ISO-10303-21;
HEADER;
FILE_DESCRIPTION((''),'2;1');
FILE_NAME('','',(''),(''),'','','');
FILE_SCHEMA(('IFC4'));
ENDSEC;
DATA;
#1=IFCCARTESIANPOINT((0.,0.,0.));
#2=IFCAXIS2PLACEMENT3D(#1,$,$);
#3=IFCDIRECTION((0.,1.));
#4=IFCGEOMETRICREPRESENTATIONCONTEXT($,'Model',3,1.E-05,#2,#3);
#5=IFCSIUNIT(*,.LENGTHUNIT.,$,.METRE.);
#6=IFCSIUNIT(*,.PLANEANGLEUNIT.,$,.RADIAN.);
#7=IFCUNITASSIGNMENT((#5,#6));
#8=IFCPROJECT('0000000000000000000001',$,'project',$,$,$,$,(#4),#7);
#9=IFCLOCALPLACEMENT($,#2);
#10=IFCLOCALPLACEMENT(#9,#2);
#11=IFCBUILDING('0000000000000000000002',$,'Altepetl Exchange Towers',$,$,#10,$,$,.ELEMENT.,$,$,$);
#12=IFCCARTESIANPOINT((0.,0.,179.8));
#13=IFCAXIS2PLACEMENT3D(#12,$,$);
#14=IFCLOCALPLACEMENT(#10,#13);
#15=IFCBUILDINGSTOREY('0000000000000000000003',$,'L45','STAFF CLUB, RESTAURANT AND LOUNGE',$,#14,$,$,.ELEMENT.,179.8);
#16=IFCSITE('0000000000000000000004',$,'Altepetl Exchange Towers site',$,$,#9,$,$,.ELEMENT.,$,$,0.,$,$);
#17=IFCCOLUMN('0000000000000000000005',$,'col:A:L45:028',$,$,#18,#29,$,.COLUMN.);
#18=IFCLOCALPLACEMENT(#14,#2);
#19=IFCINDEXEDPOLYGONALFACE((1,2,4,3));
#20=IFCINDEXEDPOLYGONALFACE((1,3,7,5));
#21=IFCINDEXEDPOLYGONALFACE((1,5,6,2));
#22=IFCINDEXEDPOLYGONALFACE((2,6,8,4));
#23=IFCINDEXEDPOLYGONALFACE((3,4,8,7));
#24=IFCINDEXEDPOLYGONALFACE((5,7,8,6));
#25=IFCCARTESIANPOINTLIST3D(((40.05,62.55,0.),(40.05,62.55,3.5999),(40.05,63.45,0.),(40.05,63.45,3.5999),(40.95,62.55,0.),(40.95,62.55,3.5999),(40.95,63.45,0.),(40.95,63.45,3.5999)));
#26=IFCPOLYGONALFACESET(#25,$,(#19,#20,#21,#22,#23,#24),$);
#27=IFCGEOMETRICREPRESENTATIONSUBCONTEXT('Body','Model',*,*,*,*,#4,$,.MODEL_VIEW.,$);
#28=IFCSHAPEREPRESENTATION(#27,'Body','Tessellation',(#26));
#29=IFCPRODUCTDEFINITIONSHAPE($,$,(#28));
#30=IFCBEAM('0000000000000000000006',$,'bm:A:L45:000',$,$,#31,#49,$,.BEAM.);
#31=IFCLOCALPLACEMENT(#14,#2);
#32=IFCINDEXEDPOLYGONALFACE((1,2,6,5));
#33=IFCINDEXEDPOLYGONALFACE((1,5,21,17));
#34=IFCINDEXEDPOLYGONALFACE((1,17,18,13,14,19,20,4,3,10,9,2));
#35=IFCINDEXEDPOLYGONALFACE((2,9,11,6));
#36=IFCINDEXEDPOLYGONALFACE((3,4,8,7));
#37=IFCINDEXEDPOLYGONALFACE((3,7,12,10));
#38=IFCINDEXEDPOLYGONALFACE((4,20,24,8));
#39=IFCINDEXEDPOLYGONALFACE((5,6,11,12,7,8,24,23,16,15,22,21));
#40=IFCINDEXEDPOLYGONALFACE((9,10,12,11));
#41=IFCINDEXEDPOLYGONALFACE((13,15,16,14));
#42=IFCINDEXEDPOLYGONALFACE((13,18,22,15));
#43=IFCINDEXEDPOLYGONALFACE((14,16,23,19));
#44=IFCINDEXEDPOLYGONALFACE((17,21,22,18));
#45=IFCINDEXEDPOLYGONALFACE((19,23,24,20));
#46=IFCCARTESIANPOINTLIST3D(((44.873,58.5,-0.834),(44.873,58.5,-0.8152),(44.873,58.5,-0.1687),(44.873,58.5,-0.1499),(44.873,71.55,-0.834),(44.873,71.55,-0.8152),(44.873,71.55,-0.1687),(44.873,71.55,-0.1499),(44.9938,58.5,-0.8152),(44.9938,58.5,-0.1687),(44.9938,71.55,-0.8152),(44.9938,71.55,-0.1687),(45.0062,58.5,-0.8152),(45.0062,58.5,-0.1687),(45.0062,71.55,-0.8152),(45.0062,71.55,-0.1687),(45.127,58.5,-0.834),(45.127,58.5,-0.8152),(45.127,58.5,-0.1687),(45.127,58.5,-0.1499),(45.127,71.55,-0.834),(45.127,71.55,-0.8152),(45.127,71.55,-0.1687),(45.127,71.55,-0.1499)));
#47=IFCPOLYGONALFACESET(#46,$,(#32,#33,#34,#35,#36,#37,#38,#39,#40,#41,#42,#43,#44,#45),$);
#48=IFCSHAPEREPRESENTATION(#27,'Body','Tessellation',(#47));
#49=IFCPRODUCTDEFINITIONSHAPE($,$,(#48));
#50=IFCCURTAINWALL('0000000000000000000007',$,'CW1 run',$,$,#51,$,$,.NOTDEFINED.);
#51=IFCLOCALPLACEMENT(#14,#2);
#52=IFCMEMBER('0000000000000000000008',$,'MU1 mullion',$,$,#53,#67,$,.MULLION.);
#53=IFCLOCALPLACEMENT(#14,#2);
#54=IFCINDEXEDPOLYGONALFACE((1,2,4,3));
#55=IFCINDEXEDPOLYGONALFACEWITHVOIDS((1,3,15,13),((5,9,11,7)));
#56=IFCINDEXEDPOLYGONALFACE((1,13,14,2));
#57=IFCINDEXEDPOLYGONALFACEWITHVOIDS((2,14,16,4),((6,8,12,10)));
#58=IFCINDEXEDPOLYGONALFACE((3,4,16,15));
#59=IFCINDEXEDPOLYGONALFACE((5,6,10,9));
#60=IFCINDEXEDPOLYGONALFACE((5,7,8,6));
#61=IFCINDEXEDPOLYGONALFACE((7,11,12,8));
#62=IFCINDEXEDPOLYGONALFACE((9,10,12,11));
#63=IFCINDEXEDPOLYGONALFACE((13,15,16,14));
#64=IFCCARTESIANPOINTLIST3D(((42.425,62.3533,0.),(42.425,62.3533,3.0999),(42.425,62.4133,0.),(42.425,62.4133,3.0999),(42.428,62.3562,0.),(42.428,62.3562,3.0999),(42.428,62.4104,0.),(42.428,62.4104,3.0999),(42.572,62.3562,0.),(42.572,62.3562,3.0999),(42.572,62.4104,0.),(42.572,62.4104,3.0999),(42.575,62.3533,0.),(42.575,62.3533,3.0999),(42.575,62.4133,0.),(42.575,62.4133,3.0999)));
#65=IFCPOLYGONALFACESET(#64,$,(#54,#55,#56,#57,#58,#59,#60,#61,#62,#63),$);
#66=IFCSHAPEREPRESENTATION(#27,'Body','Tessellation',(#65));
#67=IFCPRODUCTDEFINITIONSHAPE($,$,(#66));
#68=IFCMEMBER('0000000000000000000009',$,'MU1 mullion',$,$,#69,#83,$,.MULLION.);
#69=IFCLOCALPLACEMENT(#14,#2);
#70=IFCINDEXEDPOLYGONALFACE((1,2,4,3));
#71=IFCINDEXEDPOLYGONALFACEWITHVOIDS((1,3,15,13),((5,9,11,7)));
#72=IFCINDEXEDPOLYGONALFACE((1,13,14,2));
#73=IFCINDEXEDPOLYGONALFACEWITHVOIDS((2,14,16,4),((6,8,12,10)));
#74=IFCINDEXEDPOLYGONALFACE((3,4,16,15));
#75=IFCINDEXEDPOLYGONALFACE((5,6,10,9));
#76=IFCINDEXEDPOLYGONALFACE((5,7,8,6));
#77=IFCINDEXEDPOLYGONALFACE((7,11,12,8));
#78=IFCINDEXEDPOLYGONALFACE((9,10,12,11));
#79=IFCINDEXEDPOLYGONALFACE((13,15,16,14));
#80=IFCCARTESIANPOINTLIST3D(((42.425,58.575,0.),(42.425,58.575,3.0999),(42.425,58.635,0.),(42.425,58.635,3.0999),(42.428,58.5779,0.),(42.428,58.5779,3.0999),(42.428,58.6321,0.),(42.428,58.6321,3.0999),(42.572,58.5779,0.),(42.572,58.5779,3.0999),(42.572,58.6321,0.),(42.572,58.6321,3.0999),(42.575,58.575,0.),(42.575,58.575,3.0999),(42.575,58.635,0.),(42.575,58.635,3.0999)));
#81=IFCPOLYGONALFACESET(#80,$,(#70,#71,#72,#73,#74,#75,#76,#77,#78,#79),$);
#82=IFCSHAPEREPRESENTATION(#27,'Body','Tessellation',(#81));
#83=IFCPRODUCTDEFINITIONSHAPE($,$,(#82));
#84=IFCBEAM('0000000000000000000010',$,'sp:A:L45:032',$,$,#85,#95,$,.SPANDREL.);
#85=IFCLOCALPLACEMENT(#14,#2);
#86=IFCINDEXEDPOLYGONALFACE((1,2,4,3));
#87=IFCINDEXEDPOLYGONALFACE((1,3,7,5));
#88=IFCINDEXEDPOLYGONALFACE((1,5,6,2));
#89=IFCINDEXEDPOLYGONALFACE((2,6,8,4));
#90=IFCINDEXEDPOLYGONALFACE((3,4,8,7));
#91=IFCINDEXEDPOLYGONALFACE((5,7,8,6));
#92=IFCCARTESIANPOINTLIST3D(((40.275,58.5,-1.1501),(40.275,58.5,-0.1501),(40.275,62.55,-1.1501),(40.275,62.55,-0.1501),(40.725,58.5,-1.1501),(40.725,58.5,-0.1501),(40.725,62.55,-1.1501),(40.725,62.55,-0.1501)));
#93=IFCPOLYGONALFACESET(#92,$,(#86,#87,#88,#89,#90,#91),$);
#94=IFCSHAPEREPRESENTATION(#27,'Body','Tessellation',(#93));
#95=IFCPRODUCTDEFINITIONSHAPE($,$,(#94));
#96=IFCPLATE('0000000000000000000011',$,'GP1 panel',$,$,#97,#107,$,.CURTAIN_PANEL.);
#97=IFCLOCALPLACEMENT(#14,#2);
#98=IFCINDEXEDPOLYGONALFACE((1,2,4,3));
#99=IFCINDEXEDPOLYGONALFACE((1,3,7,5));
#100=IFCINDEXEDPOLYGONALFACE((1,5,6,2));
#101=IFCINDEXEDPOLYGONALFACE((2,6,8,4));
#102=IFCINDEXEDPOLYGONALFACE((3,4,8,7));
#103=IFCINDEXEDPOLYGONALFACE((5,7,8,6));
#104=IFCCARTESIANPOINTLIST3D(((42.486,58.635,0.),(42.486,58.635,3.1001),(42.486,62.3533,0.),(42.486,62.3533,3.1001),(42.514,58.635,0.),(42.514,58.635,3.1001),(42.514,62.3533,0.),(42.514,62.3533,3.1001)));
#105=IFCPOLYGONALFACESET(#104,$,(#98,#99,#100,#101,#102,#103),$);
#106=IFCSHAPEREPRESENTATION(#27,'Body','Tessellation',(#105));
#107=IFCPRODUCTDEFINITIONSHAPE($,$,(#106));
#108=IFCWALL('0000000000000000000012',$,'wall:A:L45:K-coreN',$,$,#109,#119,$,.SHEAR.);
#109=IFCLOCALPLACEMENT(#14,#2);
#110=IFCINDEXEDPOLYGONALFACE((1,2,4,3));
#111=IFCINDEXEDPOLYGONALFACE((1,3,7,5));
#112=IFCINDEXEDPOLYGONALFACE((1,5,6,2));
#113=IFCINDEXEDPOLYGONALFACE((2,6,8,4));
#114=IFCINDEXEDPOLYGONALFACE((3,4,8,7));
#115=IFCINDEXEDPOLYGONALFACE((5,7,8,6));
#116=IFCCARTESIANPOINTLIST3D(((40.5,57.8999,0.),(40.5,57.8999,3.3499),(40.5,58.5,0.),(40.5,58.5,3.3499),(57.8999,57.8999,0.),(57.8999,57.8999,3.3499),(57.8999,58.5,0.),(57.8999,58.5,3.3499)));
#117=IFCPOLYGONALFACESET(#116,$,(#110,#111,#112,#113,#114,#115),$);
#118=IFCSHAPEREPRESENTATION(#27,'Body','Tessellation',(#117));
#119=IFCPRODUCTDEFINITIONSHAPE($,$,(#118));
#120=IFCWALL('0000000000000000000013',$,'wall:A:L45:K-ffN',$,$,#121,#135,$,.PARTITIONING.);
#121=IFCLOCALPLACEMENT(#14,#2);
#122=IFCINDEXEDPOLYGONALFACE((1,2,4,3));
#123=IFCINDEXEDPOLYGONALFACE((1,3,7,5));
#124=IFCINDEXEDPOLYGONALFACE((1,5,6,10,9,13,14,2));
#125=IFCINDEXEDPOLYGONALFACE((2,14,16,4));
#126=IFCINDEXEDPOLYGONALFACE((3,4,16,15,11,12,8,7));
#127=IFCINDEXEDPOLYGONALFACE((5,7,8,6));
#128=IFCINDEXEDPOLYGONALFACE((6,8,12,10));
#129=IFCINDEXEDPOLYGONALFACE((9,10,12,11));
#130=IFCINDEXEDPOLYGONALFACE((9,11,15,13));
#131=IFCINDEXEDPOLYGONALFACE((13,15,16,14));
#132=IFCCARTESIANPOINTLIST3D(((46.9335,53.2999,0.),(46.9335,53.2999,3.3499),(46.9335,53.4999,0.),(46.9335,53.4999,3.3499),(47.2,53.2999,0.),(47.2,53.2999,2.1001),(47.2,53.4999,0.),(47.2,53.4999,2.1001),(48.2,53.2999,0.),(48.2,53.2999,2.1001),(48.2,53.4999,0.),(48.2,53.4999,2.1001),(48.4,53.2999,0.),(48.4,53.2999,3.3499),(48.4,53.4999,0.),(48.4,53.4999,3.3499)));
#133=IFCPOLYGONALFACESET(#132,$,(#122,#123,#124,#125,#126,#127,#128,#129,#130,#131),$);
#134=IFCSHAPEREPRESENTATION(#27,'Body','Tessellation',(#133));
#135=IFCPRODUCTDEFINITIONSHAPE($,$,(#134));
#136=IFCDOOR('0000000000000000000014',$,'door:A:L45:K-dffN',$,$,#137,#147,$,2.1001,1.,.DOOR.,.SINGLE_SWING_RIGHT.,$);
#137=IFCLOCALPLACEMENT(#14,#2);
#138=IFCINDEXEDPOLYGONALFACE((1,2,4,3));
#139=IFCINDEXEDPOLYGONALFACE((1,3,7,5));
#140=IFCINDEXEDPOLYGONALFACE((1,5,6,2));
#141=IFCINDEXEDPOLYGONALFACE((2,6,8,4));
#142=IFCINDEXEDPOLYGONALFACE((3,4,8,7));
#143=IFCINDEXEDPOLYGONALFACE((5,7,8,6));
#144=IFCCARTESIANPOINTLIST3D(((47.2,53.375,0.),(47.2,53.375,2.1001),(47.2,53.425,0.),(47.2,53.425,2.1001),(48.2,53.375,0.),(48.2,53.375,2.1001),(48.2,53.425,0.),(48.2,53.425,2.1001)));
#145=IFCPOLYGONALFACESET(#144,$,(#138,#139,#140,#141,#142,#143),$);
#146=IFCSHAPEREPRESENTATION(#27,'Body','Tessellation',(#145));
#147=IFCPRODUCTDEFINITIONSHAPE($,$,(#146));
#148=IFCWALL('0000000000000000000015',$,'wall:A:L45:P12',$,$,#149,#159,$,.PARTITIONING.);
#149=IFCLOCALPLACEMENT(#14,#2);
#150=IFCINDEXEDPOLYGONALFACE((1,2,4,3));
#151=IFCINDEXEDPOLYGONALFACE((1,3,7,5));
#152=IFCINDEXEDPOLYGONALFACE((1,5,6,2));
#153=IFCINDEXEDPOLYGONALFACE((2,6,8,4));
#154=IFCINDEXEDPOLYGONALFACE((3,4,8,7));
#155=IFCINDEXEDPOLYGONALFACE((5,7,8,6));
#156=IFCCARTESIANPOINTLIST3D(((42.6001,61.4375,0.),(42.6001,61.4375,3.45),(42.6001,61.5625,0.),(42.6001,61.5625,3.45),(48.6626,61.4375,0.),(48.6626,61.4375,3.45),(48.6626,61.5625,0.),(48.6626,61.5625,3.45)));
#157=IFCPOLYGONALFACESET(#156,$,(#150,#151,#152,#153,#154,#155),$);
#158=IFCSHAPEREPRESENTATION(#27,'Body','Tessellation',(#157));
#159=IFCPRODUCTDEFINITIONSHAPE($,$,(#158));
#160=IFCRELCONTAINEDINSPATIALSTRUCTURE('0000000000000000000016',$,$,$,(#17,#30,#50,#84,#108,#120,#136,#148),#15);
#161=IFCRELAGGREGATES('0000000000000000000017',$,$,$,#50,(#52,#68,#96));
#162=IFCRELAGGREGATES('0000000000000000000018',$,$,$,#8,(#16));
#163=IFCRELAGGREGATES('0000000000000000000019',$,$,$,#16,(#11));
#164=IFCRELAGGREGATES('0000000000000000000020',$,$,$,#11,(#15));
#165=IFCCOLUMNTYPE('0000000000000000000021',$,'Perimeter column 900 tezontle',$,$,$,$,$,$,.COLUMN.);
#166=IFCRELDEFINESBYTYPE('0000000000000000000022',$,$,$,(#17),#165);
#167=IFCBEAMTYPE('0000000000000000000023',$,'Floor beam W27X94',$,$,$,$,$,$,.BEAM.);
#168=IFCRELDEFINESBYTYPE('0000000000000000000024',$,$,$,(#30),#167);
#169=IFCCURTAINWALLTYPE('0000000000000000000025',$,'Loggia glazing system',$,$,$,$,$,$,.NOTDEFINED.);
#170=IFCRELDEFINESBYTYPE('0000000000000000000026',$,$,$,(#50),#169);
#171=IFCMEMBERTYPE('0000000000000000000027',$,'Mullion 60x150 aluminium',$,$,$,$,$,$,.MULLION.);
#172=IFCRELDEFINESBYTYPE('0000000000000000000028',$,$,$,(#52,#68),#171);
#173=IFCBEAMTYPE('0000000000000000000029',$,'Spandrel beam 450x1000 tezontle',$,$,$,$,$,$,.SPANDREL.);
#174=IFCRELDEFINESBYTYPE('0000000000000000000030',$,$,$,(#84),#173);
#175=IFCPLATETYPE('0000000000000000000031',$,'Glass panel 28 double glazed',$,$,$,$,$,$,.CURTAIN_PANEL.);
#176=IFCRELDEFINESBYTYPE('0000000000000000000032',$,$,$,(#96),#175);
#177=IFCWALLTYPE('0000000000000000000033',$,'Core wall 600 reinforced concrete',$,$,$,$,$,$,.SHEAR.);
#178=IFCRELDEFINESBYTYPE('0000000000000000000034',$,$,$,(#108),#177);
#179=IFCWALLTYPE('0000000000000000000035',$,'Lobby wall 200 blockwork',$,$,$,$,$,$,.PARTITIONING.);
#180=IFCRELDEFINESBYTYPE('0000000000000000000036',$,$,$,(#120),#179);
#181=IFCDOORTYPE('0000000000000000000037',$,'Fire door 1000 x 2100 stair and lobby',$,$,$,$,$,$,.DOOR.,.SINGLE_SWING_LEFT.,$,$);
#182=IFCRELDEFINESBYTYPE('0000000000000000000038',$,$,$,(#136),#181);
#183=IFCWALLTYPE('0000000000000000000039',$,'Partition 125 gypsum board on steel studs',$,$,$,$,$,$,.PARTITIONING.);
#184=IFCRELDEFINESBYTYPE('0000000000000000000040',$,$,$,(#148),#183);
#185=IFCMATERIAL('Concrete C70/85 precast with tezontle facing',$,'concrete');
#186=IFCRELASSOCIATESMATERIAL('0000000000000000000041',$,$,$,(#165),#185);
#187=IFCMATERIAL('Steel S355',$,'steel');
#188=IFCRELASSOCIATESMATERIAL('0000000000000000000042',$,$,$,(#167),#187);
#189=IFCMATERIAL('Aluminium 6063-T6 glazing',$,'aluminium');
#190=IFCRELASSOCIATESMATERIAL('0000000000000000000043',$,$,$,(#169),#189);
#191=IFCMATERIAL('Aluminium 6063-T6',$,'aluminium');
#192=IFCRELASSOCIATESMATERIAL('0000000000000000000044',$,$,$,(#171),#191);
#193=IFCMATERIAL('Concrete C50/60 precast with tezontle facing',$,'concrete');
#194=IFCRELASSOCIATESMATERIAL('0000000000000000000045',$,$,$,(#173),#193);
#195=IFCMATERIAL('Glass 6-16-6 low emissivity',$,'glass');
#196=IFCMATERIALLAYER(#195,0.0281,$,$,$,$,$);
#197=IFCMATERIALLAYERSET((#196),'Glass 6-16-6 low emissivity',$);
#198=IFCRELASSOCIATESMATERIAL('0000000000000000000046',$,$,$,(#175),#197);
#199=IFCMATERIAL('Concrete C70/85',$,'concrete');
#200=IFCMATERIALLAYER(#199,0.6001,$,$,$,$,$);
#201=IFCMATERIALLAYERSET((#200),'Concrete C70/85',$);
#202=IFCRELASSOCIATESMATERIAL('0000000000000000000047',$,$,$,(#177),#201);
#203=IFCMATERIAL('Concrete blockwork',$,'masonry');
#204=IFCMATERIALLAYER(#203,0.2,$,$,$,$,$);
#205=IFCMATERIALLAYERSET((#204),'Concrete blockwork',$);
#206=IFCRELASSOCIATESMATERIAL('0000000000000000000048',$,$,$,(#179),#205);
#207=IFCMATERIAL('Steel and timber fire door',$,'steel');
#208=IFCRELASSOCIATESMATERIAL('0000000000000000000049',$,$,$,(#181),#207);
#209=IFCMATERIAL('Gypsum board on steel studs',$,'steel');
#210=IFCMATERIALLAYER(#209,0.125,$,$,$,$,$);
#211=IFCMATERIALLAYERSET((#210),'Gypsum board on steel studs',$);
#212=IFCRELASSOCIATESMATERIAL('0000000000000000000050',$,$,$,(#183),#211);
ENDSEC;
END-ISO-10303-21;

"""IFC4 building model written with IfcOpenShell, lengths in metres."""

from ifc_helpers import new_model, si_unit, direction, frame, frame_2d, origin, origin_2d, place, context, subcontext, project, spatial, rectangle, hollow_rectangle, i_section, extrude, material, layer, layer_set, material_profile, profile_set, type_object, element, fill, aggregate, save


model = new_model("IFC4")

# Units and contexts
model_context = context("Model", 3, precision=1e-05, world=origin(), true_north=direction((0.0, 1.0)))
body_context = subcontext(model_context, "Body", "Model", "MODEL_VIEW")
ifc_project = project(units=[si_unit("LENGTHUNIT", "METRE"), si_unit("PLANEANGLEUNIT", "RADIAN")], contexts=[model_context])

# Site, building, storey
site_placement = place(None, origin())
site = spatial("IfcSite", under=ifc_project, at=site_placement, Name="Altepetl Exchange Towers site", CompositionType="ELEMENT", RefElevation=0.0)
building_placement = place(site_placement, origin())
building = spatial("IfcBuilding", under=site, at=building_placement, Name="Altepetl Exchange Towers", CompositionType="ELEMENT")
storey_placement = place(building_placement, frame((0.0, 0.0, 179.8)))
storey = spatial("IfcBuildingStorey", under=building, at=storey_placement, Name="L45", Description="STAFF CLUB, RESTAURANT AND LOUNGE", CompositionType="ELEMENT", Elevation=179.8)

# Column
ifc_material_1 = material(Name="Concrete C70/85 precast with tezontle facing", Category="concrete")
ifc_material_profile_1 = material_profile(ifc_material_1, rectangle(XDim=0.8999, YDim=0.8999, at=origin_2d()), Name="900 x 900")
ifc_profile_set_1 = profile_set([ifc_material_profile_1], Name="Concrete C70/85 precast with tezontle facing")
column_type = type_object("IfcColumnType", Name="Perimeter column 900 tezontle", PredefinedType="COLUMN", material=ifc_profile_set_1)
column_placement = place(storey_placement, frame((40.5, 63.0, 0.0)))
element("IfcColumn", 1, at=column_placement, inside=storey, type_object=column_type, Name="col:A:L45:028", PredefinedType="COLUMN", context=body_context, shape_type="SweptSolid", body=[
    extrude(rectangle(XDim=0.8999, YDim=0.8999, at=origin_2d()), origin(), (0.0, 0.0, 1.0), 3.5999),
])

# Beam
ifc_material_2 = material(Name="Steel S355", Category="steel")
ifc_material_profile_2 = material_profile(ifc_material_2, i_section(OverallWidth=0.2539, OverallDepth=0.6841, WebThickness=0.0125, FlangeThickness=0.0188, at=origin_2d()), Name="W27X94")
ifc_profile_set_2 = profile_set([ifc_material_profile_2], Name="Steel S355")
beam_type_1 = type_object("IfcBeamType", Name="Floor beam W27X94", PredefinedType="BEAM", material=ifc_profile_set_2)
beam_1_placement = place(storey_placement, frame((45.0, 58.5, -0.4919), z_axis=(0.0, 1.0, 0.0), x_axis=(-1.0, 0.0, 0.0)))
element("IfcBeam", 2, at=beam_1_placement, inside=storey, type_object=beam_type_1, Name="bm:A:L45:000", PredefinedType="BEAM", context=body_context, shape_type="SweptSolid", body=[
    extrude(i_section(OverallWidth=0.2539, OverallDepth=0.6841, WebThickness=0.0125, FlangeThickness=0.0188, at=origin_2d()), origin(), (0.0, 0.0, 1.0), 13.05),
])

# Curtain wall, members
ifc_material_3 = material(Name="Aluminium 6063-T6 glazing", Category="aluminium")
curtain_wall_type = type_object("IfcCurtainWallType", Name="Loggia glazing system", PredefinedType="NOTDEFINED", material=ifc_material_3)
curtain_wall_placement = place(storey_placement, origin())
curtain_wall = element("IfcCurtainWall", 3, at=curtain_wall_placement, inside=storey, type_object=curtain_wall_type, Name="CW1 run", PredefinedType="NOTDEFINED")
ifc_material_4 = material(Name="Aluminium 6063-T6", Category="aluminium")
ifc_material_profile_3 = material_profile(ifc_material_4, hollow_rectangle(XDim=0.0601, YDim=0.1499, WallThickness=0.0029, at=origin_2d()), Name="Mullion 60x150 aluminium")
ifc_profile_set_3 = profile_set([ifc_material_profile_3], Name="Aluminium 6063-T6")
member_type = type_object("IfcMemberType", Name="Mullion 60x150 aluminium", PredefinedType="MULLION", material=ifc_profile_set_3)
member_1_placement = place(storey_placement, frame((42.5, 62.3833, 0.0), z_axis=(0.0, 0.0, 1.0), x_axis=(0.0, -1.0, 0.0)))
member_1 = element("IfcMember", 4, at=member_1_placement, type_object=member_type, Name="MU1 mullion", PredefinedType="MULLION", context=body_context, shape_type="SweptSolid", body=[
    extrude(hollow_rectangle(XDim=0.0601, YDim=0.1499, WallThickness=0.0029, at=origin_2d()), origin(), (0.0, 0.0, 1.0), 3.0999),
])
member_2_placement = place(storey_placement, frame((42.5, 58.605, 0.0), z_axis=(0.0, 0.0, 1.0), x_axis=(0.0, -1.0, 0.0)))
member_2 = element("IfcMember", 5, at=member_2_placement, type_object=member_type, Name="MU1 mullion", PredefinedType="MULLION", context=body_context, shape_type="SweptSolid", body=[
    extrude(hollow_rectangle(XDim=0.0601, YDim=0.1499, WallThickness=0.0029, at=origin_2d()), origin(), (0.0, 0.0, 1.0), 3.0999),
])

# Beam
ifc_material_5 = material(Name="Concrete C50/60 precast with tezontle facing", Category="concrete")
ifc_material_profile_4 = material_profile(ifc_material_5, rectangle(XDim=0.45, YDim=1.0, at=origin_2d()), Name="450 x 1000")
ifc_profile_set_4 = profile_set([ifc_material_profile_4], Name="Concrete C50/60 precast with tezontle facing")
beam_type_2 = type_object("IfcBeamType", Name="Spandrel beam 450x1000 tezontle", PredefinedType="SPANDREL", material=ifc_profile_set_4)
beam_2_placement = place(storey_placement, frame((40.5, 62.55, -0.6501), z_axis=(0.0, -1.0, 0.0), x_axis=(1.0, 0.0, 0.0)))
element("IfcBeam", 6, at=beam_2_placement, inside=storey, type_object=beam_type_2, Name="sp:A:L45:032", PredefinedType="SPANDREL", context=body_context, shape_type="SweptSolid", body=[
    extrude(rectangle(XDim=0.45, YDim=1.0, at=origin_2d()), origin(), (0.0, 0.0, 1.0), 4.05),
])

# Plate
ifc_material_6 = material(Name="Glass 6-16-6 low emissivity", Category="glass")
ifc_layer_1 = layer(ifc_material_6, 0.0281)
ifc_layer_set_1 = layer_set([ifc_layer_1], Name="Glass 6-16-6 low emissivity")
plate_type = type_object("IfcPlateType", Name="Glass panel 28 double glazed", PredefinedType="CURTAIN_PANEL", material=ifc_layer_set_1)
plate_placement = place(storey_placement, frame((42.5, 60.4941, 0.0), z_axis=(0.0, 0.0, 1.0), x_axis=(0.0, -1.0, 0.0)))
plate = element("IfcPlate", 7, at=plate_placement, type_object=plate_type, Name="GP1 panel", PredefinedType="CURTAIN_PANEL", context=body_context, shape_type="SweptSolid", body=[
    extrude(rectangle(XDim=3.7183, YDim=0.0281, at=origin_2d()), origin(), (0.0, 0.0, 1.0), 3.1001),
])
aggregate(curtain_wall, [member_1, member_2, plate])

# Wall
ifc_material_7 = material(Name="Concrete C70/85", Category="concrete")
ifc_layer_2 = layer(ifc_material_7, 0.6001)
ifc_layer_set_2 = layer_set([ifc_layer_2], Name="Concrete C70/85")
wall_type_1 = type_object("IfcWallType", Name="Core wall 600 reinforced concrete", PredefinedType="SHEAR", material=ifc_layer_set_2)
wall_1_placement = place(storey_placement, frame((40.5, 58.2, 0.0)))
element("IfcWall", 8, at=wall_1_placement, inside=storey, type_object=wall_type_1, Name="wall:A:L45:K-coreN", PredefinedType="SHEAR", context=body_context, shape_type="SweptSolid", body=[
    extrude(rectangle(XDim=17.3999, YDim=0.6001, at=frame_2d((8.7, 0.0))), origin(), (0.0, 0.0, 1.0), 3.3499),
])

# Wall, opening, door
ifc_material_8 = material(Name="Concrete blockwork", Category="masonry")
ifc_layer_3 = layer(ifc_material_8, 0.2)
ifc_layer_set_3 = layer_set([ifc_layer_3], Name="Concrete blockwork")
wall_type_2 = type_object("IfcWallType", Name="Lobby wall 200 blockwork", PredefinedType="PARTITIONING", material=ifc_layer_set_3)
wall_2_placement = place(storey_placement, frame((46.9333, 53.3999, 0.0)))
wall_2 = element("IfcWall", 9, at=wall_2_placement, inside=storey, type_object=wall_type_2, Name="wall:A:L45:K-ffN", PredefinedType="PARTITIONING", context=body_context, shape_type="SweptSolid", body=[
    extrude(rectangle(XDim=1.4666, YDim=0.2, at=frame_2d((0.7334, 0.0))), origin(), (0.0, 0.0, 1.0), 3.3499),
])
opening_1_placement = place(wall_2_placement, frame((0.2666, 0.0, 0.0)))
opening_1 = element("IfcOpeningElement", 10, at=opening_1_placement, cuts=wall_2, PredefinedType="OPENING", context=body_context, shape_type="SweptSolid", body=[
    extrude(rectangle(XDim=1.0, YDim=2.1001, at=frame_2d((0.5, 1.05))), frame((0.0, 0.1099, 0.0), z_axis=(0.0, -1.0, 0.0), x_axis=(1.0, 0.0, 0.0)), (0.0, 0.0, 1.0), 0.22),
])
ifc_material_9 = material(Name="Steel and timber fire door", Category="steel")
door_type_1 = type_object("IfcDoorType", Name="Fire door 1000 x 2100 stair and lobby", OperationType="SINGLE_SWING_LEFT", PredefinedType="DOOR", material=ifc_material_9)
door_1_placement = place(opening_1_placement, frame((1.0, 0.0, 0.0), x_axis=(-1.0, 0.0, 0.0)))
door_1 = element("IfcDoor", 11, at=door_1_placement, inside=storey, type_object=door_type_1, Name="door:A:L45:K-dffN", OperationType="SINGLE_SWING_RIGHT", OverallHeight=2.1001, OverallWidth=1.0, PredefinedType="DOOR", context=body_context, shape_type="SweptSolid", body=[
    extrude(rectangle(XDim=1.0, YDim=2.1001, at=frame_2d((0.5, 1.05))), frame((0.0, 0.0249, 0.0), z_axis=(0.0, -1.0, 0.0), x_axis=(1.0, 0.0, 0.0)), (0.0, 0.0, 1.0), 0.05),
])
fill(opening_1, door_1)

# Wall
ifc_material_10 = material(Name="Gypsum board on steel studs", Category="steel")
ifc_layer_4 = layer(ifc_material_10, 0.125)
ifc_layer_set_4 = layer_set([ifc_layer_4], Name="Gypsum board on steel studs")
wall_type_3 = type_object("IfcWallType", Name="Partition 125 gypsum board on steel studs", PredefinedType="PARTITIONING", material=ifc_layer_set_4)
wall_3_placement = place(storey_placement, frame((42.6001, 61.5, 0.0)))
element("IfcWall", 12, at=wall_3_placement, inside=storey, type_object=wall_type_3, Name="wall:A:L45:P12", PredefinedType="PARTITIONING", context=body_context, shape_type="SweptSolid", body=[
    extrude(rectangle(XDim=6.0625, YDim=0.125, at=frame_2d((3.0312, 0.0))), origin(), (0.0, 0.0, 1.0), 3.45),
])

save(model, "model.ifc")
